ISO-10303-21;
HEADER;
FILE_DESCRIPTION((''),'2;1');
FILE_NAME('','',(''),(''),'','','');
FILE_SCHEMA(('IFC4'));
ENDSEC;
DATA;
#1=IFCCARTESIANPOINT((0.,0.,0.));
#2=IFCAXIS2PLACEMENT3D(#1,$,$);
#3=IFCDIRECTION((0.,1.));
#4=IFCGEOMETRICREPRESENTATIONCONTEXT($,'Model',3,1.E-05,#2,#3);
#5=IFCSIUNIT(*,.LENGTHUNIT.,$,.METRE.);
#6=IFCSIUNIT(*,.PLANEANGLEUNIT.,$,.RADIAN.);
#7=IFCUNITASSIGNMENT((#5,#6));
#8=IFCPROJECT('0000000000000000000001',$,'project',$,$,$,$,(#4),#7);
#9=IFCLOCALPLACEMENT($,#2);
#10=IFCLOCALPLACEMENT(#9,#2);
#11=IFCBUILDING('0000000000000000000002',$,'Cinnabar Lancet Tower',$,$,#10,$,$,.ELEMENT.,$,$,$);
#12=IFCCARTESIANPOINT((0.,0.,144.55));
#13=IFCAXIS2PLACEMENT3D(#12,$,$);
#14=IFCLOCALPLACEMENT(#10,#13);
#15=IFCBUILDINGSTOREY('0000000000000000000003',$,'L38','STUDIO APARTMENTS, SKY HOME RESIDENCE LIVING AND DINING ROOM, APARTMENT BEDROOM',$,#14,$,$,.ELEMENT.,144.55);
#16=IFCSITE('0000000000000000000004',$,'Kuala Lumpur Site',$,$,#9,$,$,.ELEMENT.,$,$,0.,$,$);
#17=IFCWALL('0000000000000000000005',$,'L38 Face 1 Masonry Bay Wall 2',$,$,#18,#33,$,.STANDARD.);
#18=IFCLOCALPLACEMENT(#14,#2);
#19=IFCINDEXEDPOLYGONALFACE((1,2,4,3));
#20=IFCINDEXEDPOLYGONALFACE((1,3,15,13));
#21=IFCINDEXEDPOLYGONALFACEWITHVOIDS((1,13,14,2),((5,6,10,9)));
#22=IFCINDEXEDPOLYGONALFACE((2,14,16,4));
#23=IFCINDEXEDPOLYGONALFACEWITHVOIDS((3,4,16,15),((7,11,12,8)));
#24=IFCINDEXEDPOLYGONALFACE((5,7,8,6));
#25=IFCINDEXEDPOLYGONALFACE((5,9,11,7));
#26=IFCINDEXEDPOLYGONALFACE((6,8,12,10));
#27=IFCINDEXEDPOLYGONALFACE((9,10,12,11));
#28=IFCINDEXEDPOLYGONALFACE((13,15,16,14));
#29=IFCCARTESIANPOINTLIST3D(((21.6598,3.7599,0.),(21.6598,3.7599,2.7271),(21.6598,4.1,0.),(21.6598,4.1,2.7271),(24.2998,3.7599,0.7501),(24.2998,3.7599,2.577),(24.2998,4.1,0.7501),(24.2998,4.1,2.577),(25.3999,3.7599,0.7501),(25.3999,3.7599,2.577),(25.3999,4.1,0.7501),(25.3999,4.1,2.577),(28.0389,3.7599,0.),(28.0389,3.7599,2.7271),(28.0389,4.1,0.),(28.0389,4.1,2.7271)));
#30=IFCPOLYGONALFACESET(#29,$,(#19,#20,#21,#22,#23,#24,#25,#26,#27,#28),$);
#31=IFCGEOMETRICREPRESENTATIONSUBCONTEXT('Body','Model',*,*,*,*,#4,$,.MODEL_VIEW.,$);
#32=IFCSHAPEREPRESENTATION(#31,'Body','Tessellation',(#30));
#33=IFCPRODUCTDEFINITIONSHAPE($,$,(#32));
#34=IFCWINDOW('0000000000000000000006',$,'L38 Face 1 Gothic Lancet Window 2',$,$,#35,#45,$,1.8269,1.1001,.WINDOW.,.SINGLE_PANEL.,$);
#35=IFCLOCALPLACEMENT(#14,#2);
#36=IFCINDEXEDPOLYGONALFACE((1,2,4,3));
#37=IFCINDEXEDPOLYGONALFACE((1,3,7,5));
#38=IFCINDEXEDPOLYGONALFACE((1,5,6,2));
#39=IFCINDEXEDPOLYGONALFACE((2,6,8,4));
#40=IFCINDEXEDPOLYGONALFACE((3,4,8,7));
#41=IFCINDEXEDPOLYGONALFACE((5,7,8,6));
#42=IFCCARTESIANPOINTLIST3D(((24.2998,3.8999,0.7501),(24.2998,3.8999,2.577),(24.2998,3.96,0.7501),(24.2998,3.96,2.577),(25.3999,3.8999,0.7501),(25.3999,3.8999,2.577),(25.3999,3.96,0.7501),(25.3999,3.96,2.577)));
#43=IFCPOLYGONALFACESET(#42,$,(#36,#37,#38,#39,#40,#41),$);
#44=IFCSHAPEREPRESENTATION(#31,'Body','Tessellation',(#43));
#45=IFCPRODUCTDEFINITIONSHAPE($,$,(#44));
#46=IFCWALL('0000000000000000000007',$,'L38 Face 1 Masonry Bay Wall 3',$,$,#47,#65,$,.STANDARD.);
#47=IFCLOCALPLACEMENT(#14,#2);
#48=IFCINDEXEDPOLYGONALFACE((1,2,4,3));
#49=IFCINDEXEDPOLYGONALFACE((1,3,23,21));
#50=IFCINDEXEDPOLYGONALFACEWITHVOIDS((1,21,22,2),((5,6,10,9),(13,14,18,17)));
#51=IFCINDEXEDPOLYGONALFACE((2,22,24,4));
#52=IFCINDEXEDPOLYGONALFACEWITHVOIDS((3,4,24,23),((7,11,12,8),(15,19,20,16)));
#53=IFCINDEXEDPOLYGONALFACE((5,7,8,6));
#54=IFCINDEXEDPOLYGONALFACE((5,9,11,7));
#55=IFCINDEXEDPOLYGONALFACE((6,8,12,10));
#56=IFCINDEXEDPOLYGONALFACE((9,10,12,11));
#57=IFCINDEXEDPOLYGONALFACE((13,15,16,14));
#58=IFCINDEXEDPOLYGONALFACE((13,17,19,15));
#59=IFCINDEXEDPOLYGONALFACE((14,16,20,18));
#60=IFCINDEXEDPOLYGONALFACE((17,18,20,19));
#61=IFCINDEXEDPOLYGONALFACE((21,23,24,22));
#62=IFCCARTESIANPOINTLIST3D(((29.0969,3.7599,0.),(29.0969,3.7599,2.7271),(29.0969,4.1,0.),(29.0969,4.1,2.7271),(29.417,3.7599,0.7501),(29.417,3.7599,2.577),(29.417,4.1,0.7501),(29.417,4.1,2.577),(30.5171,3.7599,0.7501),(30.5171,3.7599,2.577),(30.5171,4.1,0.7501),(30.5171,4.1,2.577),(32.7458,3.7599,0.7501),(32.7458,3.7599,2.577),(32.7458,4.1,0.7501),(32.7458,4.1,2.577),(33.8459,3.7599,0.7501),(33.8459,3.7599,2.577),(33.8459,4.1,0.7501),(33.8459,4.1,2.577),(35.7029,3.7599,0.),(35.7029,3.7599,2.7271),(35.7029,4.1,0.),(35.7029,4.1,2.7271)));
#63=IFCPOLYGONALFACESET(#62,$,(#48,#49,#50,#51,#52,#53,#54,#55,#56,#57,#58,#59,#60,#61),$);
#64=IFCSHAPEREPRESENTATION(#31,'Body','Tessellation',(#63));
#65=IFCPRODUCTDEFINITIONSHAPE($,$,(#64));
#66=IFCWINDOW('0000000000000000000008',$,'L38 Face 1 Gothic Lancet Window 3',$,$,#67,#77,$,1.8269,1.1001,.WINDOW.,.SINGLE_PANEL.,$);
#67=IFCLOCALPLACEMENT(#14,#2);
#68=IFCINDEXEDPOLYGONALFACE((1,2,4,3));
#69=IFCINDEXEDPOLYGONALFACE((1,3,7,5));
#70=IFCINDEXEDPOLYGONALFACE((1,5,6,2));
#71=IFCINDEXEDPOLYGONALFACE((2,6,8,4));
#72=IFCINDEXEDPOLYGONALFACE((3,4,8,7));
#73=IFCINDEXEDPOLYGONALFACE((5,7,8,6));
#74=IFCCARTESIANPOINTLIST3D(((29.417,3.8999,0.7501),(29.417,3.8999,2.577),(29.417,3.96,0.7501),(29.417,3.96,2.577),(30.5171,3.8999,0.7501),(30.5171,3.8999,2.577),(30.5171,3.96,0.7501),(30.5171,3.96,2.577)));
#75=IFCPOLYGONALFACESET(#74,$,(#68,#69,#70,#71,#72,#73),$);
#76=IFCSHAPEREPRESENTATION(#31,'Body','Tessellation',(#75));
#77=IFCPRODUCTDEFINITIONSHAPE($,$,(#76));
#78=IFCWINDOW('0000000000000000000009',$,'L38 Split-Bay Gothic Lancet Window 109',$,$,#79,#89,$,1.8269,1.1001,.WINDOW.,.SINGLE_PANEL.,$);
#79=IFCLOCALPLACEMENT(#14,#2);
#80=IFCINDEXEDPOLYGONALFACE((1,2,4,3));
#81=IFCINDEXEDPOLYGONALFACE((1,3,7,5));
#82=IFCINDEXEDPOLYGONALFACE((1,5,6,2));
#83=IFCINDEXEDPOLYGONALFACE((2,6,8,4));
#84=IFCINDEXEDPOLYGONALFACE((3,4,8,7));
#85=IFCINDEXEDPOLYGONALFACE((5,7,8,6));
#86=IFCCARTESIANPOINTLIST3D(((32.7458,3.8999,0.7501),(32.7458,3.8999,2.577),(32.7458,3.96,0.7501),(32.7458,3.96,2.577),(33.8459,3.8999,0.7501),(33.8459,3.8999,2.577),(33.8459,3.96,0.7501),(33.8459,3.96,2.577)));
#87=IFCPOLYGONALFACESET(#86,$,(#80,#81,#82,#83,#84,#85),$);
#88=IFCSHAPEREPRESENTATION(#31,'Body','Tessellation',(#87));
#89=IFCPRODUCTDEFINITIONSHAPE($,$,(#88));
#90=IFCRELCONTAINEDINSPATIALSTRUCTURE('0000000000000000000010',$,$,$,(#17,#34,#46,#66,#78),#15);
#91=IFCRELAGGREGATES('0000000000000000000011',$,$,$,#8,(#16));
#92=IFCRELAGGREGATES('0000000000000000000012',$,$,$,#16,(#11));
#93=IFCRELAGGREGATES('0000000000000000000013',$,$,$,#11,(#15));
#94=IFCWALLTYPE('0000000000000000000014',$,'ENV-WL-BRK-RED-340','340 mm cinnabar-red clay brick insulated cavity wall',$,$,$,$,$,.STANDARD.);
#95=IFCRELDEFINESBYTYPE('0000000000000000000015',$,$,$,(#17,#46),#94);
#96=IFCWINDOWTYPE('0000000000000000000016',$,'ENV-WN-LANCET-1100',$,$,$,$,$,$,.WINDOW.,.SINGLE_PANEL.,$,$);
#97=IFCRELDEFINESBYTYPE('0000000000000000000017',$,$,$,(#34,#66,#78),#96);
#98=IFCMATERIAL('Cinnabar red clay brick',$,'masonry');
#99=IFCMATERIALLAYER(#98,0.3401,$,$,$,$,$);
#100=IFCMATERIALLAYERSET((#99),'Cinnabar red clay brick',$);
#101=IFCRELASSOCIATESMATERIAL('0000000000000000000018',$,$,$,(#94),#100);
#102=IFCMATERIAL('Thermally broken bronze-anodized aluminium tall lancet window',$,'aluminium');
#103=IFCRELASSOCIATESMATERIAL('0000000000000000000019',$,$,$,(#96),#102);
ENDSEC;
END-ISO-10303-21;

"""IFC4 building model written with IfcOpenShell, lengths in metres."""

from ifc_helpers import new_model, si_unit, direction, frame, frame_2d, origin, place, context, subcontext, project, spatial, rectangle, extrude, material, layer, layer_set, type_object, element, fill, save


model = new_model("IFC4")

# Units and contexts
model_context = context("Model", 3, precision=1e-05, world=origin(), true_north=direction((0.0, 1.0)))
body_context = subcontext(model_context, "Body", "Model", "MODEL_VIEW")
ifc_project = project(units=[si_unit("LENGTHUNIT", "METRE"), si_unit("PLANEANGLEUNIT", "RADIAN")], contexts=[model_context])

# Site, building, storey
site_placement = place(None, origin())
site = spatial("IfcSite", under=ifc_project, at=site_placement, Name="Kuala Lumpur Site", CompositionType="ELEMENT", RefElevation=0.0)
building_placement = place(site_placement, origin())
building = spatial("IfcBuilding", under=site, at=building_placement, Name="Cinnabar Lancet Tower", CompositionType="ELEMENT")
storey_placement = place(building_placement, frame((0.0, 0.0, 144.55)))
storey = spatial("IfcBuildingStorey", under=building, at=storey_placement, Name="L38", Description="STUDIO APARTMENTS, SKY HOME RESIDENCE LIVING AND DINING ROOM, APARTMENT BEDROOM", CompositionType="ELEMENT", Elevation=144.55)

# Shared definitions
ifc_material_1 = material(Name="Cinnabar red clay brick", Category="masonry")
ifc_layer_1 = layer(ifc_material_1, 0.3401)
ifc_layer_set_1 = layer_set([ifc_layer_1], Name="Cinnabar red clay brick")
wall_type_1 = type_object("IfcWallType", Name="ENV-WL-BRK-RED-340", Description="340 mm cinnabar-red clay brick insulated cavity wall", PredefinedType="STANDARD", material=ifc_layer_set_1)

# Wall, opening, window
wall_1_placement = place(storey_placement, frame((21.6599, 3.9299, 0.0), z_axis=(0.0, 0.0, 1.0), x_axis=(1.0, 0.0, 0.0)))
wall_1 = element("IfcWall", 1, at=wall_1_placement, inside=storey, type_object=wall_type_1, Name="L38 Face 1 Masonry Bay Wall 2", PredefinedType="STANDARD", context=body_context, shape_type="SweptSolid", body=[
    extrude(rectangle(XDim=6.3792, YDim=0.3401, at=frame_2d((3.1895, 0.0))), origin(), (0.0, 0.0, 1.0), 2.7271),
])
opening_1_placement = place(wall_1_placement, frame((2.6399, 0.0, 0.75)))
opening_1 = element("IfcOpeningElement", 2, at=opening_1_placement, cuts=wall_1, PredefinedType="OPENING", context=body_context, shape_type="SweptSolid", body=[
    extrude(rectangle(XDim=1.1001, YDim=1.8269, at=frame_2d((0.55, 0.9136))), frame((0.0, 0.1799, 0.0), z_axis=(0.0, -1.0, 0.0), x_axis=(1.0, 0.0, 0.0)), (0.0, 0.0, 1.0), 0.3601),
])
ifc_material_2 = material(Name="Thermally broken bronze-anodized aluminium tall lancet window", Category="aluminium")
window_type = type_object("IfcWindowType", Name="ENV-WN-LANCET-1100", PartitioningType="SINGLE_PANEL", PredefinedType="WINDOW", material=ifc_material_2)
window_1_placement = place(opening_1_placement, origin())
window_1 = element("IfcWindow", 3, at=window_1_placement, inside=storey, type_object=window_type, Name="L38 Face 1 Gothic Lancet Window 2", OverallHeight=1.8269, OverallWidth=1.1001, PartitioningType="SINGLE_PANEL", PredefinedType="WINDOW", context=body_context, shape_type="SweptSolid", body=[
    extrude(rectangle(XDim=1.1001, YDim=1.8269, at=frame_2d((0.55, 0.9136))), frame((0.0, 0.03, 0.0), z_axis=(0.0, -1.0, 0.0), x_axis=(1.0, 0.0, 0.0)), (0.0, 0.0, 1.0), 0.0601),
])
fill(opening_1, window_1)

# Wall, openings, windows
wall_2_placement = place(storey_placement, frame((29.0969, 3.9299, 0.0), z_axis=(0.0, 0.0, 1.0), x_axis=(1.0, 0.0, 0.0)))
wall_2 = element("IfcWall", 4, at=wall_2_placement, inside=storey, type_object=wall_type_1, Name="L38 Face 1 Masonry Bay Wall 3", PredefinedType="STANDARD", context=body_context, shape_type="SweptSolid", body=[
    extrude(rectangle(XDim=6.606, YDim=0.3401, at=frame_2d((3.303, 0.0))), origin(), (0.0, 0.0, 1.0), 2.7271),
])
opening_2_placement = place(wall_2_placement, frame((0.3201, 0.0, 0.75)))
opening_2 = element("IfcOpeningElement", 5, at=opening_2_placement, cuts=wall_2, PredefinedType="OPENING", context=body_context, shape_type="SweptSolid", body=[
    extrude(rectangle(XDim=1.1001, YDim=1.8269, at=frame_2d((0.55, 0.9136))), frame((0.0, 0.1799, 0.0), z_axis=(0.0, -1.0, 0.0), x_axis=(1.0, 0.0, 0.0)), (0.0, 0.0, 1.0), 0.3601),
])
opening_3_placement = place(wall_2_placement, frame((3.6489, 0.0, 0.75)))
opening_3 = element("IfcOpeningElement", 6, at=opening_3_placement, cuts=wall_2, PredefinedType="OPENING", context=body_context, shape_type="SweptSolid", body=[
    extrude(rectangle(XDim=1.1001, YDim=1.8269, at=frame_2d((0.55, 0.9136))), frame((0.0, 0.1799, 0.0), z_axis=(0.0, -1.0, 0.0), x_axis=(1.0, 0.0, 0.0)), (0.0, 0.0, 1.0), 0.3601),
])
window_2_placement = place(opening_2_placement, origin())
window_2 = element("IfcWindow", 7, at=window_2_placement, inside=storey, type_object=window_type, Name="L38 Face 1 Gothic Lancet Window 3", OverallHeight=1.8269, OverallWidth=1.1001, PartitioningType="SINGLE_PANEL", PredefinedType="WINDOW", context=body_context, shape_type="SweptSolid", body=[
    extrude(rectangle(XDim=1.1001, YDim=1.8269, at=frame_2d((0.55, 0.9136))), frame((0.0, 0.03, 0.0), z_axis=(0.0, -1.0, 0.0), x_axis=(1.0, 0.0, 0.0)), (0.0, 0.0, 1.0), 0.0601),
])
fill(opening_2, window_2)
window_3_placement = place(opening_3_placement, origin())
window_3 = element("IfcWindow", 8, at=window_3_placement, inside=storey, type_object=window_type, Name="L38 Split-Bay Gothic Lancet Window 109", OverallHeight=1.8269, OverallWidth=1.1001, PartitioningType="SINGLE_PANEL", PredefinedType="WINDOW", context=body_context, shape_type="SweptSolid", body=[
    extrude(rectangle(XDim=1.1001, YDim=1.8269, at=frame_2d((0.55, 0.9136))), frame((0.0, 0.03, 0.0), z_axis=(0.0, -1.0, 0.0), x_axis=(1.0, 0.0, 0.0)), (0.0, 0.0, 1.0), 0.0601),
])
fill(opening_3, window_3)

save(model, "model.ifc")
